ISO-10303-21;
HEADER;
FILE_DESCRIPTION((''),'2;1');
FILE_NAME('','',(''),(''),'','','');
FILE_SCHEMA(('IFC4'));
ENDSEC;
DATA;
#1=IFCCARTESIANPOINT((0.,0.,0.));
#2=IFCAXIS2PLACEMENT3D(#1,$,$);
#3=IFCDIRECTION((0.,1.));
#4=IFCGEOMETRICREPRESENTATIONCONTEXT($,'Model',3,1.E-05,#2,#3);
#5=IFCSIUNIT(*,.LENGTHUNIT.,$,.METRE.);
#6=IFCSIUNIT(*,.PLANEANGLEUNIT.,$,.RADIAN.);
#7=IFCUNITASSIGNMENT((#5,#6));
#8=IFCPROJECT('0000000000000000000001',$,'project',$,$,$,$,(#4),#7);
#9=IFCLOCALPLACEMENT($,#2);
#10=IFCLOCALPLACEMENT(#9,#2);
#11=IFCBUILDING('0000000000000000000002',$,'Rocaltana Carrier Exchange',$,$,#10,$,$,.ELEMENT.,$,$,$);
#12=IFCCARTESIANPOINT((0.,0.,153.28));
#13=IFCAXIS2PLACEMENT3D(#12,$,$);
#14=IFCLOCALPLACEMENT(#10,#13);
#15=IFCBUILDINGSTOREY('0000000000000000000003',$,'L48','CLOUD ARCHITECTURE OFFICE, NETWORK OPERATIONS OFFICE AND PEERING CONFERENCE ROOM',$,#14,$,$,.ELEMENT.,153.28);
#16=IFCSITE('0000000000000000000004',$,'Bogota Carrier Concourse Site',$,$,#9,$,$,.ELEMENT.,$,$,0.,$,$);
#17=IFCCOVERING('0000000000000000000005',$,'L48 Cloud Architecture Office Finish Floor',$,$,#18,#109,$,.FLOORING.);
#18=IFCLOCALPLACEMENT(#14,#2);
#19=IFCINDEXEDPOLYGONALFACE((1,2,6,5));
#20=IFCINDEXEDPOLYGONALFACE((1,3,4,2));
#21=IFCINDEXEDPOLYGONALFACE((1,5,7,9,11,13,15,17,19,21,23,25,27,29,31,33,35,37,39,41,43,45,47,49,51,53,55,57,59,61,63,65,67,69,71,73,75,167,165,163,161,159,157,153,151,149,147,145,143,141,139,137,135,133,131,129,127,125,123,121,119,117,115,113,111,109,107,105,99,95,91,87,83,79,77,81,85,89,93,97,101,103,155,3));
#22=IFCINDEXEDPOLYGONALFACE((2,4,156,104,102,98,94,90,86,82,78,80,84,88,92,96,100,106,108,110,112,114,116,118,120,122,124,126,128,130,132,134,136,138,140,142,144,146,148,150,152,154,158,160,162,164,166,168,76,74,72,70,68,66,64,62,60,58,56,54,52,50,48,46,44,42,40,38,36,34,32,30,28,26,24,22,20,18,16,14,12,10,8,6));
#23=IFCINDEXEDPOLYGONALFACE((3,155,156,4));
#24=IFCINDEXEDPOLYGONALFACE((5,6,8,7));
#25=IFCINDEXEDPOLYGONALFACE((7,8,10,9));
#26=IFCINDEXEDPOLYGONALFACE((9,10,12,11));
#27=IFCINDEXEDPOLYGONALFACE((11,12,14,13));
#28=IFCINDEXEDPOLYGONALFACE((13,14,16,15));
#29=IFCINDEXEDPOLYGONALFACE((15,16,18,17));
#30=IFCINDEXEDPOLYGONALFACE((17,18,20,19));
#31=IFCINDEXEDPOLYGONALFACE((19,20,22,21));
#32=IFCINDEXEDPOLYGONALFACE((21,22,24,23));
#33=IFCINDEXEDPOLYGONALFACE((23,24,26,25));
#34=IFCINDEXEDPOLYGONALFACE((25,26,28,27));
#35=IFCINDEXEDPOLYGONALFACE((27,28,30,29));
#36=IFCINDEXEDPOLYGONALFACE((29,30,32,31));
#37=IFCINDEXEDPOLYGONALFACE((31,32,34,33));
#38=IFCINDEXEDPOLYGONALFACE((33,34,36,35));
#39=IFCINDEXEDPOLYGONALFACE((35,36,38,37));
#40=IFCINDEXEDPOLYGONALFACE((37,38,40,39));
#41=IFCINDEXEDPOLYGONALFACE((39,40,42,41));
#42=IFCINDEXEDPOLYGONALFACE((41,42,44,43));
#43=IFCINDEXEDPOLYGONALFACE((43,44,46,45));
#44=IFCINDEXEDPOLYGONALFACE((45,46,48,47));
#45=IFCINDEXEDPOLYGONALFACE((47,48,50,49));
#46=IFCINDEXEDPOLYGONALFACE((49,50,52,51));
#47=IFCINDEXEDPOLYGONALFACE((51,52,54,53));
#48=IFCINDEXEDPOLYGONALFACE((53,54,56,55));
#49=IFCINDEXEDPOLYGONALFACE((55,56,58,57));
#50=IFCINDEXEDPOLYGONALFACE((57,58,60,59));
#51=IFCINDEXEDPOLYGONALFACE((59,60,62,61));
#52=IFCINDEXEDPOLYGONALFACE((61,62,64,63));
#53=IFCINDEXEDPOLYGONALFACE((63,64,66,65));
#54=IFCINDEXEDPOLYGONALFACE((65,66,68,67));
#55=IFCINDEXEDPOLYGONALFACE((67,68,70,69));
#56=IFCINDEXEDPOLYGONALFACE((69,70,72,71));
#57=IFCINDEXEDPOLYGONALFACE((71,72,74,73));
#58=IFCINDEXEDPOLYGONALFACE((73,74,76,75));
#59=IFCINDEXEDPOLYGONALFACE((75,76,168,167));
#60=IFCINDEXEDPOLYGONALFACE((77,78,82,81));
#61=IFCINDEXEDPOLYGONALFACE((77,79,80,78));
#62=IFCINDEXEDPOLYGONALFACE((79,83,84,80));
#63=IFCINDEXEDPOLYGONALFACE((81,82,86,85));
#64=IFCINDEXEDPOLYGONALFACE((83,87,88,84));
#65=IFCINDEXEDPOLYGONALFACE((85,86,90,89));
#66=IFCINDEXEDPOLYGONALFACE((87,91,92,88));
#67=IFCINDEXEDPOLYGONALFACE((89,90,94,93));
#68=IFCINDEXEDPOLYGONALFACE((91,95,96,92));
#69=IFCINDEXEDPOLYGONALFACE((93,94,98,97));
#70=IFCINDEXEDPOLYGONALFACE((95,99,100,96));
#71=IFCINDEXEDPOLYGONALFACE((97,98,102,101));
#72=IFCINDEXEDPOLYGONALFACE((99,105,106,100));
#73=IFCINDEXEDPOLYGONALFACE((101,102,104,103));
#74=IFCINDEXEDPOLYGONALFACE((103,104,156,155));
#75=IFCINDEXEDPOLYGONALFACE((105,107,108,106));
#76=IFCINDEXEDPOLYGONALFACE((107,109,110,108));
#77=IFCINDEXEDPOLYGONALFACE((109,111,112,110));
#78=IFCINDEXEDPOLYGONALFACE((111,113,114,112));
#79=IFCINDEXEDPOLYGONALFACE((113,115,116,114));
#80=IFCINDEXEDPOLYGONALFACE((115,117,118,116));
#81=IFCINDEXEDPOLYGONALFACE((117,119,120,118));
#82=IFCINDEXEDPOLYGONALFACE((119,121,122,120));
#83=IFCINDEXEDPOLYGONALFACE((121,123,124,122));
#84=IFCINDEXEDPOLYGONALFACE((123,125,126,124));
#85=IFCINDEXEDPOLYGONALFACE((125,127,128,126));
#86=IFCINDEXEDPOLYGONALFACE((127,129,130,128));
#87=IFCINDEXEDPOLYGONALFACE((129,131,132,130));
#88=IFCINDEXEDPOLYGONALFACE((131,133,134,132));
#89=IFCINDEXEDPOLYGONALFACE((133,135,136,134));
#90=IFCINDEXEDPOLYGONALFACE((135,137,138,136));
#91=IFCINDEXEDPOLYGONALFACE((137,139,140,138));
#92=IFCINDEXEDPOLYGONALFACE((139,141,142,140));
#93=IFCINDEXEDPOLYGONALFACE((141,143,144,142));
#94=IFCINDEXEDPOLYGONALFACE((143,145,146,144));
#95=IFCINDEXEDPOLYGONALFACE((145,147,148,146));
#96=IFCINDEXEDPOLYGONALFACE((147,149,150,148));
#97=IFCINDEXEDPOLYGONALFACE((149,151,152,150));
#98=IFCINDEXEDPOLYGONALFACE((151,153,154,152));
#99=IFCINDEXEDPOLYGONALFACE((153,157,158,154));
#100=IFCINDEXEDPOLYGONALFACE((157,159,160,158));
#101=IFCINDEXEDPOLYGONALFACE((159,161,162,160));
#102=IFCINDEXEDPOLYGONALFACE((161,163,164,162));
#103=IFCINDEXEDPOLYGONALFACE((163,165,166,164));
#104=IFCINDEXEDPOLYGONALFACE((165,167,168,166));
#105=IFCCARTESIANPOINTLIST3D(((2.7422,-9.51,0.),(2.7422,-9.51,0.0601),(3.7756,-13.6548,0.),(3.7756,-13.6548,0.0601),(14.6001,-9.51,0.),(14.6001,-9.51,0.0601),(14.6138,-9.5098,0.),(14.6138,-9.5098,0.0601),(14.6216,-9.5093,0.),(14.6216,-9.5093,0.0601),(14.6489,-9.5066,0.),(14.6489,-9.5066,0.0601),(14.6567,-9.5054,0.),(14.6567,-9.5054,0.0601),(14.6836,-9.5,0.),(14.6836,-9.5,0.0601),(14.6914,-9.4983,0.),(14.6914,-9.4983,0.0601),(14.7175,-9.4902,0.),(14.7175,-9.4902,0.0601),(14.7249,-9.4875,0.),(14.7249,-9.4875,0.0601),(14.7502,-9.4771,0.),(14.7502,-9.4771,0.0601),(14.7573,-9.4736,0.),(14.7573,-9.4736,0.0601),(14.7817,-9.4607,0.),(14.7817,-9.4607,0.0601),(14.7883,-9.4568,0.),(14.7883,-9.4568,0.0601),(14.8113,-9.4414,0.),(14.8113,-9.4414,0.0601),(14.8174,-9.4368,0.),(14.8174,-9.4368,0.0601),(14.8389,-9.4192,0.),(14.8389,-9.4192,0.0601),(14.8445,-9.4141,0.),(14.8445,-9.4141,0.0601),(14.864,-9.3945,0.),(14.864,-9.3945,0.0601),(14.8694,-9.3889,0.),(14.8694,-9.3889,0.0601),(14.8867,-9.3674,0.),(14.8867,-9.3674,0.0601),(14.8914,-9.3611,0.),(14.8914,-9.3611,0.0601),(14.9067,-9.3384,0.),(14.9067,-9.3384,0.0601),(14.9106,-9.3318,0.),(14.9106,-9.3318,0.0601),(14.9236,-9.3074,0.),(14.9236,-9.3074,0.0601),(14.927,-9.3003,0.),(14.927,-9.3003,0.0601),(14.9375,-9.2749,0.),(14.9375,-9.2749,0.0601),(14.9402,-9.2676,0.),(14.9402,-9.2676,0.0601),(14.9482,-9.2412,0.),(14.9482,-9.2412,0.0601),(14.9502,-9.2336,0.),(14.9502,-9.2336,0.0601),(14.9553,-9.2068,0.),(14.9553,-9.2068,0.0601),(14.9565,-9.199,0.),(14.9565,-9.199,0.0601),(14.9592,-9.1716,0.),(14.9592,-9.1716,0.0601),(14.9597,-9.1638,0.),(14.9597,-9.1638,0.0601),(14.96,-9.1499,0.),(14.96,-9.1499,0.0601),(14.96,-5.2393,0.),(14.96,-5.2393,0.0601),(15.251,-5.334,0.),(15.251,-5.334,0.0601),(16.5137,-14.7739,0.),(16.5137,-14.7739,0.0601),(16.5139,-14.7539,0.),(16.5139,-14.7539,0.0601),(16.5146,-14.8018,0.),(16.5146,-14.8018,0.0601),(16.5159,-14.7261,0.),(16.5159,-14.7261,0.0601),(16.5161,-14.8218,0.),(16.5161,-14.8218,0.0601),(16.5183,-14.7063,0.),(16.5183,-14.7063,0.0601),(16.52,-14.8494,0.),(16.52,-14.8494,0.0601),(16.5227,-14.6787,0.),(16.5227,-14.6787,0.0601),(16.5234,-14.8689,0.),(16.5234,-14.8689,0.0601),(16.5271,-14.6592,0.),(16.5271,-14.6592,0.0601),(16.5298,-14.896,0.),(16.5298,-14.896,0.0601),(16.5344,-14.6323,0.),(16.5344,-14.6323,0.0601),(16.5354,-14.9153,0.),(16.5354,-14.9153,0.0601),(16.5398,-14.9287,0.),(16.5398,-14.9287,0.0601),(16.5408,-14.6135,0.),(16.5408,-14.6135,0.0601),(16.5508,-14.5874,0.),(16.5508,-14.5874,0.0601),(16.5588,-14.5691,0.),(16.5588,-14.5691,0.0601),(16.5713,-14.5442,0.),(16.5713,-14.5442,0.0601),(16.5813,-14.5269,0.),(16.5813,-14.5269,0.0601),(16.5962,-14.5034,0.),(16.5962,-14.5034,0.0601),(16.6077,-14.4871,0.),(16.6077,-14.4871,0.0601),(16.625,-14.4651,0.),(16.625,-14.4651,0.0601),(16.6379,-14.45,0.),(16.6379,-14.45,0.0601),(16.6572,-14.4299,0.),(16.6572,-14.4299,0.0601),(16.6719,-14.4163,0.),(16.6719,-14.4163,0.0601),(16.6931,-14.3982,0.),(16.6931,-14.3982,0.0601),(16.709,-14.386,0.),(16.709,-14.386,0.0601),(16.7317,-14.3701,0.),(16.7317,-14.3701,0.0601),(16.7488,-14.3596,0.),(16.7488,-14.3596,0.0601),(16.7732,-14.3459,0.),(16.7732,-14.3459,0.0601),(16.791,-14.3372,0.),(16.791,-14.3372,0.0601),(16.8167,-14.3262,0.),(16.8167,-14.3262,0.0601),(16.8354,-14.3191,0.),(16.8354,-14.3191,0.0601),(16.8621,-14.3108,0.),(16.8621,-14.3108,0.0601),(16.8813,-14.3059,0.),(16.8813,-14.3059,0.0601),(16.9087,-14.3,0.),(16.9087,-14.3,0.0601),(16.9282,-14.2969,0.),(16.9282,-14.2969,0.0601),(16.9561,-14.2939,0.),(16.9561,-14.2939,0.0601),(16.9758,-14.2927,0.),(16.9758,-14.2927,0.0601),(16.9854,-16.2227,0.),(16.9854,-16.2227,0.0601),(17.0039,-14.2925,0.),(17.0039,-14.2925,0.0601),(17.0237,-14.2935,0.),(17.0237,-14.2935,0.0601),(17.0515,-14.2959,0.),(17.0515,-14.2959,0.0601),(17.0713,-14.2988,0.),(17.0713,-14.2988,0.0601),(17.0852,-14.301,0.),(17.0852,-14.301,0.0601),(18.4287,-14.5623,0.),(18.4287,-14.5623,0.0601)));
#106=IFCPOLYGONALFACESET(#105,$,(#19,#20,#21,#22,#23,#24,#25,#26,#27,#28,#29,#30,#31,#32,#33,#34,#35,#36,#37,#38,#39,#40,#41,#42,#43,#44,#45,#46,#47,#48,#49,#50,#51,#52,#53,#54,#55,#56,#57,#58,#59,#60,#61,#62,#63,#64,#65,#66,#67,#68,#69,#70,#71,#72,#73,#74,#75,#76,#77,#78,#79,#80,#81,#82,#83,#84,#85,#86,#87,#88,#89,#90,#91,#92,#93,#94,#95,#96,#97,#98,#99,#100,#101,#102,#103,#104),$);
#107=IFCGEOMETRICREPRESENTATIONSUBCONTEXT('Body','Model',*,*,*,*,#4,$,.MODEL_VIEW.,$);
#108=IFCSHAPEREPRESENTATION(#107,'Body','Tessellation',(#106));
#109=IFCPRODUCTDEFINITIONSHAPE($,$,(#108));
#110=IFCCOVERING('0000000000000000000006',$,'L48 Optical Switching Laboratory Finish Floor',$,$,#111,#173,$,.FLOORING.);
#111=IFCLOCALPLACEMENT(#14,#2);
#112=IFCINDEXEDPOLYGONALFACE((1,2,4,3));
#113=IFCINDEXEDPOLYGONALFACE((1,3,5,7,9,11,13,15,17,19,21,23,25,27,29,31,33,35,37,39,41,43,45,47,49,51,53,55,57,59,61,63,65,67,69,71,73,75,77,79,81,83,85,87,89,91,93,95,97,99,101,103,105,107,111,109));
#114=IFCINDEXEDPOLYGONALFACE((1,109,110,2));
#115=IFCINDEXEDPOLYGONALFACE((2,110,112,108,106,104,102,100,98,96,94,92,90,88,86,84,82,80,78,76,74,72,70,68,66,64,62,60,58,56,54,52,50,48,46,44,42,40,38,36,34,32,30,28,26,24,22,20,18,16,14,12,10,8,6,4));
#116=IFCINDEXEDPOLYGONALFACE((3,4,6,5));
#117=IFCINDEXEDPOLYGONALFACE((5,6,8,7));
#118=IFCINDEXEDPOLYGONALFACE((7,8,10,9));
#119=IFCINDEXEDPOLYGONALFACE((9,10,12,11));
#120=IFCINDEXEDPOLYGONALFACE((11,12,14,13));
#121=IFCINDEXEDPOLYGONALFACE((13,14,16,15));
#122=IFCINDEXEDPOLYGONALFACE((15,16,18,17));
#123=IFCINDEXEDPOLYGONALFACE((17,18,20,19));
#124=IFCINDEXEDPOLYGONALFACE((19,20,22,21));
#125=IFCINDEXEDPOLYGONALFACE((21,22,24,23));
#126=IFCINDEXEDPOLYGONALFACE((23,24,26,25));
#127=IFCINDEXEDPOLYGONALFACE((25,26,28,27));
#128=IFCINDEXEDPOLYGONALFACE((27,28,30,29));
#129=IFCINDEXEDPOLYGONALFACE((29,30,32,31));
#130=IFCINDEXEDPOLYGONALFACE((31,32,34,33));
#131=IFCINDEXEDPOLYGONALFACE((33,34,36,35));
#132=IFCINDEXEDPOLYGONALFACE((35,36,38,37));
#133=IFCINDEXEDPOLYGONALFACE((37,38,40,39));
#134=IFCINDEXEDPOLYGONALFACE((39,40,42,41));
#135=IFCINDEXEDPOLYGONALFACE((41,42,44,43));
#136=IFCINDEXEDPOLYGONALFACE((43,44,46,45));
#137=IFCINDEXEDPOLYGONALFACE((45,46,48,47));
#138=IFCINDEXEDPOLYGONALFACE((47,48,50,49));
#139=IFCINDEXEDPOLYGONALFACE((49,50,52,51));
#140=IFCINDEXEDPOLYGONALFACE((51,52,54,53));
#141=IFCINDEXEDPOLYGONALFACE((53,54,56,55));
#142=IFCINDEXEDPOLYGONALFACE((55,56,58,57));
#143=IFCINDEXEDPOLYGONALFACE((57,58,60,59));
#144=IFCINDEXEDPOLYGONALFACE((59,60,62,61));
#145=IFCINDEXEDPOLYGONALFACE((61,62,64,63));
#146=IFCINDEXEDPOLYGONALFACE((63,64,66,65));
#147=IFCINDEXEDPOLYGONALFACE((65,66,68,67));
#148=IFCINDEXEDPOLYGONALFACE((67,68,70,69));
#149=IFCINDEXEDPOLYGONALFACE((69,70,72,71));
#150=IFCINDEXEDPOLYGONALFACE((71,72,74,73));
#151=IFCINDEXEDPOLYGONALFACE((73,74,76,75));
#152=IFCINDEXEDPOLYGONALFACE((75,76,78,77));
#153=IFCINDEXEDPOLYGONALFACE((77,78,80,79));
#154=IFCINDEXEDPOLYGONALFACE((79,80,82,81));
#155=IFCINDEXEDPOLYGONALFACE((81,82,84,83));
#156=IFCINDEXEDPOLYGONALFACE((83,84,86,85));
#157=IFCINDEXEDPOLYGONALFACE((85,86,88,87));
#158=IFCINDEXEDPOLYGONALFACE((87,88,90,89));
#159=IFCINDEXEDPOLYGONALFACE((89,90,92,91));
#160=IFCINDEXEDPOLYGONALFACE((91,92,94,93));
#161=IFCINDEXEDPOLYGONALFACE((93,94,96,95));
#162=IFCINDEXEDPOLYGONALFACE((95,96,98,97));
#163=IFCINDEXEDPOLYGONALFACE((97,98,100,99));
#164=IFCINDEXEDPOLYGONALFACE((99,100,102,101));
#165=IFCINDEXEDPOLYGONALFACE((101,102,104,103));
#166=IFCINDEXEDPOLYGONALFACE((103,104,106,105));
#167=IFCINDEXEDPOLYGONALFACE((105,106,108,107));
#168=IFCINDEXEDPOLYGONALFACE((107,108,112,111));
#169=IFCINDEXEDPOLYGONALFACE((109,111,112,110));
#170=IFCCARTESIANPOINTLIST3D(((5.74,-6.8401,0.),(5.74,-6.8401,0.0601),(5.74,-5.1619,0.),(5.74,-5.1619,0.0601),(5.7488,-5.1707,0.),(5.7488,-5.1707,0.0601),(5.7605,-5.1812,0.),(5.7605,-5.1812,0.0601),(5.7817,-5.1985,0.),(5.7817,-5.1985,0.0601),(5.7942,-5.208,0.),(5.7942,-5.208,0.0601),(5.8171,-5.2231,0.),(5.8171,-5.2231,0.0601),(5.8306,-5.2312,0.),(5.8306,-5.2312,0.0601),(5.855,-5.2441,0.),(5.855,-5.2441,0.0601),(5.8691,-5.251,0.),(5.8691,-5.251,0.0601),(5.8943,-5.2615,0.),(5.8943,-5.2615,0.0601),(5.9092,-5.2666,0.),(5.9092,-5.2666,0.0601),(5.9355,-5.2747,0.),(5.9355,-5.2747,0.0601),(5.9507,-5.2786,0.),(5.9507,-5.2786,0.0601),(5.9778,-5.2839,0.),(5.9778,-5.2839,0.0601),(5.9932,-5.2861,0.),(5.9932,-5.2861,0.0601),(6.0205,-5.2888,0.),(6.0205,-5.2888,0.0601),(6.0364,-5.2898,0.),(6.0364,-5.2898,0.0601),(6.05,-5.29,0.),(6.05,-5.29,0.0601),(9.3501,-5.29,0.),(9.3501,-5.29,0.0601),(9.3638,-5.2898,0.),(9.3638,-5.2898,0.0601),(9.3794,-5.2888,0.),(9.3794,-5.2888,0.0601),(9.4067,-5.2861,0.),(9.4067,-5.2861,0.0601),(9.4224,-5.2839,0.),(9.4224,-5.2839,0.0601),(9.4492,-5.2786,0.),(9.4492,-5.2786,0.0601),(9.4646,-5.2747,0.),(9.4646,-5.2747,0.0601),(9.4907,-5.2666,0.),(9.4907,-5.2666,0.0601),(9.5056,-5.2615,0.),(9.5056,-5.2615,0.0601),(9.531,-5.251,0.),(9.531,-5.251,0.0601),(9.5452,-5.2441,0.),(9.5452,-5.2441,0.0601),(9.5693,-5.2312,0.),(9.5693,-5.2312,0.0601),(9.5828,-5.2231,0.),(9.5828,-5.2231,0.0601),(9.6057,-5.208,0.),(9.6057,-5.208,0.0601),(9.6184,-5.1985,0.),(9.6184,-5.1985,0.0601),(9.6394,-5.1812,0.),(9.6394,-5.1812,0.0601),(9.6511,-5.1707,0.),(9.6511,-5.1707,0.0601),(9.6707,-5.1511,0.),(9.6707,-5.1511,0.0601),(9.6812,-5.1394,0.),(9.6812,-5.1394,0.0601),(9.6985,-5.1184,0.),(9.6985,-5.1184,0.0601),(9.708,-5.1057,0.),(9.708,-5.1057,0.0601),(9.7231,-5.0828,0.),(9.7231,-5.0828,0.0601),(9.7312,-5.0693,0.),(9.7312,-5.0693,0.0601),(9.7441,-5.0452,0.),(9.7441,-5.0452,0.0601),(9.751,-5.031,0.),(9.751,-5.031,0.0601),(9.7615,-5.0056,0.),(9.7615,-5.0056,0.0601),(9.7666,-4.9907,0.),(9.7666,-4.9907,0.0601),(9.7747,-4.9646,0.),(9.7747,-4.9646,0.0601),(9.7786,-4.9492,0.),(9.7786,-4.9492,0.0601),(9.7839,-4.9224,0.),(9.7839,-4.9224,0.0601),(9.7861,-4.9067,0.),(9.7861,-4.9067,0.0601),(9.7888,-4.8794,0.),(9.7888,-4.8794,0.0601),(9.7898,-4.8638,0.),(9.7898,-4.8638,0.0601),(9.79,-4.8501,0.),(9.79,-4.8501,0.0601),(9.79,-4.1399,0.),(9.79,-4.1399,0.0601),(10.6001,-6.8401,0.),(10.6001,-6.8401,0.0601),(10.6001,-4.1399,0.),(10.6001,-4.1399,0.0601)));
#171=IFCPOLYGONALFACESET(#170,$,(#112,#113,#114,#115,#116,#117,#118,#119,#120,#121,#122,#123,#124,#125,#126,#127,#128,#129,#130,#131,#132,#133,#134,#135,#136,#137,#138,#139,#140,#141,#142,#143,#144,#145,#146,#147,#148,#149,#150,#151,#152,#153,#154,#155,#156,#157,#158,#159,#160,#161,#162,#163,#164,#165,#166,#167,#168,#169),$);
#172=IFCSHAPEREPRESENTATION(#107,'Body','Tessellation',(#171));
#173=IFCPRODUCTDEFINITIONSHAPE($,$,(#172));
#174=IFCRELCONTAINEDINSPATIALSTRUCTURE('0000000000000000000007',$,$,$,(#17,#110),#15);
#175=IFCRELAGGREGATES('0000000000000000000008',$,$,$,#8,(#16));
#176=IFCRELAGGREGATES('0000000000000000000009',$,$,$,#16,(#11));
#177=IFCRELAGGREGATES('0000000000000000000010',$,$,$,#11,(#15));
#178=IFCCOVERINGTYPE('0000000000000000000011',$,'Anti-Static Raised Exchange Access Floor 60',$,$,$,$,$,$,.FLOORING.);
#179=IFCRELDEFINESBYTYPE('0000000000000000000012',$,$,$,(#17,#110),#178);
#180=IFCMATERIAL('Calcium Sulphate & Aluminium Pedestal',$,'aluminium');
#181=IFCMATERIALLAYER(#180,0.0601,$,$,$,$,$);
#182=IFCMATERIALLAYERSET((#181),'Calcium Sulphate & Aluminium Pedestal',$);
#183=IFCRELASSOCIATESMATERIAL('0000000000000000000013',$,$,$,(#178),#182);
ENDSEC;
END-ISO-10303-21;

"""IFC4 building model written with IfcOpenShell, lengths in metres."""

from ifc_helpers import new_model, si_unit, direction, frame, origin, place, context, subcontext, project, spatial, polyline, outline, extrude, material, layer, layer_set, type_object, element, save


model = new_model("IFC4")

# Units and contexts
model_context = context("Model", 3, precision=1e-05, world=origin(), true_north=direction((0.0, 1.0)))
body_context = subcontext(model_context, "Body", "Model", "MODEL_VIEW")
ifc_project = project(units=[si_unit("LENGTHUNIT", "METRE"), si_unit("PLANEANGLEUNIT", "RADIAN")], contexts=[model_context])

# Site, building, storey
site_placement = place(None, origin())
site = spatial("IfcSite", under=ifc_project, at=site_placement, Name="Bogota Carrier Concourse Site", CompositionType="ELEMENT", RefElevation=0.0)
building_placement = place(site_placement, origin())
building = spatial("IfcBuilding", under=site, at=building_placement, Name="Rocaltana Carrier Exchange", CompositionType="ELEMENT")
storey_placement = place(building_placement, frame((0.0, 0.0, 153.28)))
storey = spatial("IfcBuildingStorey", under=building, at=storey_placement, Name="L48", Description="CLOUD ARCHITECTURE OFFICE, NETWORK OPERATIONS OFFICE AND PEERING CONFERENCE ROOM", CompositionType="ELEMENT", Elevation=153.28)

# Coverings
ifc_material_1 = material(Name="Calcium Sulphate & Aluminium Pedestal", Category="aluminium")
ifc_layer_1 = layer(ifc_material_1, 0.0601)
ifc_layer_set_1 = layer_set([ifc_layer_1], Name="Calcium Sulphate & Aluminium Pedestal")
covering_type_1 = type_object("IfcCoveringType", Name="Anti-Static Raised Exchange Access Floor 60", PredefinedType="FLOORING", material=ifc_layer_set_1)
covering_1_placement = place(storey_placement, origin())
element("IfcCovering", 1, at=covering_1_placement, inside=storey, type_object=covering_type_1, Name="L48 Cloud Architecture Office Finish Floor", PredefinedType="FLOORING", context=body_context, shape_type="SweptSolid", body=[
    extrude(outline(polyline([(18.4287, -14.5623), (17.0852, -14.301), (17.0713, -14.2988), (17.0515, -14.2959), (17.0237, -14.2935), (17.0039, -14.2925), (16.9758, -14.2927), (16.9561, -14.2939), (16.9282, -14.2969), (16.9087, -14.3), (16.8813, -14.3059), (16.8621, -14.3108), (16.8354, -14.3191), (16.8167, -14.3262), (16.791, -14.3372), (16.7732, -14.3459), (16.7488, -14.3596), (16.7317, -14.3701), (16.709, -14.386), (16.6931, -14.3982), (16.6719, -14.4163), (16.6572, -14.4299), (16.6379, -14.45), (16.625, -14.4651), (16.6077, -14.4871), (16.5962, -14.5034), (16.5813, -14.5269), (16.5713, -14.5442), (16.5588, -14.5691), (16.5508, -14.5874), (16.5408, -14.6135), (16.5344, -14.6323), (16.5271, -14.6592), (16.5227, -14.6787), (16.5183, -14.7063), (16.5159, -14.7261), (16.5139, -14.7539), (16.5137, -14.7739), (16.5146, -14.8018), (16.5161, -14.8218), (16.52, -14.8494), (16.5234, -14.8689), (16.5298, -14.896), (16.5354, -14.9153), (16.5398, -14.9287), (16.9854, -16.2227), (3.7756, -13.6548), (2.7422, -9.51), (14.6001, -9.51), (14.6138, -9.5098), (14.6216, -9.5093), (14.6489, -9.5066), (14.6567, -9.5054), (14.6836, -9.5), (14.6914, -9.4983), (14.7175, -9.4902), (14.7249, -9.4875), (14.7502, -9.4771), (14.7573, -9.4736), (14.7817, -9.4607), (14.7883, -9.4568), (14.8113, -9.4414), (14.8174, -9.4368), (14.8389, -9.4192), (14.8445, -9.4141), (14.864, -9.3945), (14.8694, -9.3889), (14.8867, -9.3674), (14.8914, -9.3611), (14.9067, -9.3384), (14.9106, -9.3318), (14.9236, -9.3074), (14.927, -9.3003), (14.9375, -9.2749), (14.9402, -9.2676), (14.9482, -9.2412), (14.9502, -9.2336), (14.9553, -9.2068), (14.9565, -9.199), (14.9592, -9.1716), (14.9597, -9.1638), (14.96, -9.1499), (14.96, -5.2393), (15.251, -5.334), (18.4287, -14.5623)])), origin(), (0.0, 0.0, 1.0), 0.0601),
])
covering_2_placement = place(storey_placement, origin())
element("IfcCovering", 2, at=covering_2_placement, inside=storey, type_object=covering_type_1, Name="L48 Optical Switching Laboratory Finish Floor", PredefinedType="FLOORING", context=body_context, shape_type="SweptSolid", body=[
    extrude(outline(polyline([(5.74, -6.8401), (5.74, -5.1619), (5.7488, -5.1707), (5.7605, -5.1812), (5.7817, -5.1985), (5.7942, -5.208), (5.8171, -5.2231), (5.8306, -5.2312), (5.855, -5.2441), (5.8691, -5.251), (5.8943, -5.2615), (5.9092, -5.2666), (5.9355, -5.2747), (5.9507, -5.2786), (5.9778, -5.2839), (5.9932, -5.2861), (6.0205, -5.2888), (6.0364, -5.2898), (6.05, -5.29), (9.3501, -5.29), (9.3638, -5.2898), (9.3794, -5.2888), (9.4067, -5.2861), (9.4224, -5.2839), (9.4492, -5.2786), (9.4646, -5.2747), (9.4907, -5.2666), (9.5056, -5.2615), (9.531, -5.251), (9.5452, -5.2441), (9.5693, -5.2312), (9.5828, -5.2231), (9.6057, -5.208), (9.6184, -5.1985), (9.6394, -5.1812), (9.6511, -5.1707), (9.6707, -5.1511), (9.6812, -5.1394), (9.6985, -5.1184), (9.708, -5.1057), (9.7231, -5.0828), (9.7312, -5.0693), (9.7441, -5.0452), (9.751, -5.031), (9.7615, -5.0056), (9.7666, -4.9907), (9.7747, -4.9646), (9.7786, -4.9492), (9.7839, -4.9224), (9.7861, -4.9067), (9.7888, -4.8794), (9.7898, -4.8638), (9.79, -4.8501), (9.79, -4.1399), (10.6001, -4.1399), (10.6001, -6.8401), (5.74, -6.8401)])), origin(), (0.0, 0.0, 1.0), 0.0601),
])

save(model, "model.ifc")
